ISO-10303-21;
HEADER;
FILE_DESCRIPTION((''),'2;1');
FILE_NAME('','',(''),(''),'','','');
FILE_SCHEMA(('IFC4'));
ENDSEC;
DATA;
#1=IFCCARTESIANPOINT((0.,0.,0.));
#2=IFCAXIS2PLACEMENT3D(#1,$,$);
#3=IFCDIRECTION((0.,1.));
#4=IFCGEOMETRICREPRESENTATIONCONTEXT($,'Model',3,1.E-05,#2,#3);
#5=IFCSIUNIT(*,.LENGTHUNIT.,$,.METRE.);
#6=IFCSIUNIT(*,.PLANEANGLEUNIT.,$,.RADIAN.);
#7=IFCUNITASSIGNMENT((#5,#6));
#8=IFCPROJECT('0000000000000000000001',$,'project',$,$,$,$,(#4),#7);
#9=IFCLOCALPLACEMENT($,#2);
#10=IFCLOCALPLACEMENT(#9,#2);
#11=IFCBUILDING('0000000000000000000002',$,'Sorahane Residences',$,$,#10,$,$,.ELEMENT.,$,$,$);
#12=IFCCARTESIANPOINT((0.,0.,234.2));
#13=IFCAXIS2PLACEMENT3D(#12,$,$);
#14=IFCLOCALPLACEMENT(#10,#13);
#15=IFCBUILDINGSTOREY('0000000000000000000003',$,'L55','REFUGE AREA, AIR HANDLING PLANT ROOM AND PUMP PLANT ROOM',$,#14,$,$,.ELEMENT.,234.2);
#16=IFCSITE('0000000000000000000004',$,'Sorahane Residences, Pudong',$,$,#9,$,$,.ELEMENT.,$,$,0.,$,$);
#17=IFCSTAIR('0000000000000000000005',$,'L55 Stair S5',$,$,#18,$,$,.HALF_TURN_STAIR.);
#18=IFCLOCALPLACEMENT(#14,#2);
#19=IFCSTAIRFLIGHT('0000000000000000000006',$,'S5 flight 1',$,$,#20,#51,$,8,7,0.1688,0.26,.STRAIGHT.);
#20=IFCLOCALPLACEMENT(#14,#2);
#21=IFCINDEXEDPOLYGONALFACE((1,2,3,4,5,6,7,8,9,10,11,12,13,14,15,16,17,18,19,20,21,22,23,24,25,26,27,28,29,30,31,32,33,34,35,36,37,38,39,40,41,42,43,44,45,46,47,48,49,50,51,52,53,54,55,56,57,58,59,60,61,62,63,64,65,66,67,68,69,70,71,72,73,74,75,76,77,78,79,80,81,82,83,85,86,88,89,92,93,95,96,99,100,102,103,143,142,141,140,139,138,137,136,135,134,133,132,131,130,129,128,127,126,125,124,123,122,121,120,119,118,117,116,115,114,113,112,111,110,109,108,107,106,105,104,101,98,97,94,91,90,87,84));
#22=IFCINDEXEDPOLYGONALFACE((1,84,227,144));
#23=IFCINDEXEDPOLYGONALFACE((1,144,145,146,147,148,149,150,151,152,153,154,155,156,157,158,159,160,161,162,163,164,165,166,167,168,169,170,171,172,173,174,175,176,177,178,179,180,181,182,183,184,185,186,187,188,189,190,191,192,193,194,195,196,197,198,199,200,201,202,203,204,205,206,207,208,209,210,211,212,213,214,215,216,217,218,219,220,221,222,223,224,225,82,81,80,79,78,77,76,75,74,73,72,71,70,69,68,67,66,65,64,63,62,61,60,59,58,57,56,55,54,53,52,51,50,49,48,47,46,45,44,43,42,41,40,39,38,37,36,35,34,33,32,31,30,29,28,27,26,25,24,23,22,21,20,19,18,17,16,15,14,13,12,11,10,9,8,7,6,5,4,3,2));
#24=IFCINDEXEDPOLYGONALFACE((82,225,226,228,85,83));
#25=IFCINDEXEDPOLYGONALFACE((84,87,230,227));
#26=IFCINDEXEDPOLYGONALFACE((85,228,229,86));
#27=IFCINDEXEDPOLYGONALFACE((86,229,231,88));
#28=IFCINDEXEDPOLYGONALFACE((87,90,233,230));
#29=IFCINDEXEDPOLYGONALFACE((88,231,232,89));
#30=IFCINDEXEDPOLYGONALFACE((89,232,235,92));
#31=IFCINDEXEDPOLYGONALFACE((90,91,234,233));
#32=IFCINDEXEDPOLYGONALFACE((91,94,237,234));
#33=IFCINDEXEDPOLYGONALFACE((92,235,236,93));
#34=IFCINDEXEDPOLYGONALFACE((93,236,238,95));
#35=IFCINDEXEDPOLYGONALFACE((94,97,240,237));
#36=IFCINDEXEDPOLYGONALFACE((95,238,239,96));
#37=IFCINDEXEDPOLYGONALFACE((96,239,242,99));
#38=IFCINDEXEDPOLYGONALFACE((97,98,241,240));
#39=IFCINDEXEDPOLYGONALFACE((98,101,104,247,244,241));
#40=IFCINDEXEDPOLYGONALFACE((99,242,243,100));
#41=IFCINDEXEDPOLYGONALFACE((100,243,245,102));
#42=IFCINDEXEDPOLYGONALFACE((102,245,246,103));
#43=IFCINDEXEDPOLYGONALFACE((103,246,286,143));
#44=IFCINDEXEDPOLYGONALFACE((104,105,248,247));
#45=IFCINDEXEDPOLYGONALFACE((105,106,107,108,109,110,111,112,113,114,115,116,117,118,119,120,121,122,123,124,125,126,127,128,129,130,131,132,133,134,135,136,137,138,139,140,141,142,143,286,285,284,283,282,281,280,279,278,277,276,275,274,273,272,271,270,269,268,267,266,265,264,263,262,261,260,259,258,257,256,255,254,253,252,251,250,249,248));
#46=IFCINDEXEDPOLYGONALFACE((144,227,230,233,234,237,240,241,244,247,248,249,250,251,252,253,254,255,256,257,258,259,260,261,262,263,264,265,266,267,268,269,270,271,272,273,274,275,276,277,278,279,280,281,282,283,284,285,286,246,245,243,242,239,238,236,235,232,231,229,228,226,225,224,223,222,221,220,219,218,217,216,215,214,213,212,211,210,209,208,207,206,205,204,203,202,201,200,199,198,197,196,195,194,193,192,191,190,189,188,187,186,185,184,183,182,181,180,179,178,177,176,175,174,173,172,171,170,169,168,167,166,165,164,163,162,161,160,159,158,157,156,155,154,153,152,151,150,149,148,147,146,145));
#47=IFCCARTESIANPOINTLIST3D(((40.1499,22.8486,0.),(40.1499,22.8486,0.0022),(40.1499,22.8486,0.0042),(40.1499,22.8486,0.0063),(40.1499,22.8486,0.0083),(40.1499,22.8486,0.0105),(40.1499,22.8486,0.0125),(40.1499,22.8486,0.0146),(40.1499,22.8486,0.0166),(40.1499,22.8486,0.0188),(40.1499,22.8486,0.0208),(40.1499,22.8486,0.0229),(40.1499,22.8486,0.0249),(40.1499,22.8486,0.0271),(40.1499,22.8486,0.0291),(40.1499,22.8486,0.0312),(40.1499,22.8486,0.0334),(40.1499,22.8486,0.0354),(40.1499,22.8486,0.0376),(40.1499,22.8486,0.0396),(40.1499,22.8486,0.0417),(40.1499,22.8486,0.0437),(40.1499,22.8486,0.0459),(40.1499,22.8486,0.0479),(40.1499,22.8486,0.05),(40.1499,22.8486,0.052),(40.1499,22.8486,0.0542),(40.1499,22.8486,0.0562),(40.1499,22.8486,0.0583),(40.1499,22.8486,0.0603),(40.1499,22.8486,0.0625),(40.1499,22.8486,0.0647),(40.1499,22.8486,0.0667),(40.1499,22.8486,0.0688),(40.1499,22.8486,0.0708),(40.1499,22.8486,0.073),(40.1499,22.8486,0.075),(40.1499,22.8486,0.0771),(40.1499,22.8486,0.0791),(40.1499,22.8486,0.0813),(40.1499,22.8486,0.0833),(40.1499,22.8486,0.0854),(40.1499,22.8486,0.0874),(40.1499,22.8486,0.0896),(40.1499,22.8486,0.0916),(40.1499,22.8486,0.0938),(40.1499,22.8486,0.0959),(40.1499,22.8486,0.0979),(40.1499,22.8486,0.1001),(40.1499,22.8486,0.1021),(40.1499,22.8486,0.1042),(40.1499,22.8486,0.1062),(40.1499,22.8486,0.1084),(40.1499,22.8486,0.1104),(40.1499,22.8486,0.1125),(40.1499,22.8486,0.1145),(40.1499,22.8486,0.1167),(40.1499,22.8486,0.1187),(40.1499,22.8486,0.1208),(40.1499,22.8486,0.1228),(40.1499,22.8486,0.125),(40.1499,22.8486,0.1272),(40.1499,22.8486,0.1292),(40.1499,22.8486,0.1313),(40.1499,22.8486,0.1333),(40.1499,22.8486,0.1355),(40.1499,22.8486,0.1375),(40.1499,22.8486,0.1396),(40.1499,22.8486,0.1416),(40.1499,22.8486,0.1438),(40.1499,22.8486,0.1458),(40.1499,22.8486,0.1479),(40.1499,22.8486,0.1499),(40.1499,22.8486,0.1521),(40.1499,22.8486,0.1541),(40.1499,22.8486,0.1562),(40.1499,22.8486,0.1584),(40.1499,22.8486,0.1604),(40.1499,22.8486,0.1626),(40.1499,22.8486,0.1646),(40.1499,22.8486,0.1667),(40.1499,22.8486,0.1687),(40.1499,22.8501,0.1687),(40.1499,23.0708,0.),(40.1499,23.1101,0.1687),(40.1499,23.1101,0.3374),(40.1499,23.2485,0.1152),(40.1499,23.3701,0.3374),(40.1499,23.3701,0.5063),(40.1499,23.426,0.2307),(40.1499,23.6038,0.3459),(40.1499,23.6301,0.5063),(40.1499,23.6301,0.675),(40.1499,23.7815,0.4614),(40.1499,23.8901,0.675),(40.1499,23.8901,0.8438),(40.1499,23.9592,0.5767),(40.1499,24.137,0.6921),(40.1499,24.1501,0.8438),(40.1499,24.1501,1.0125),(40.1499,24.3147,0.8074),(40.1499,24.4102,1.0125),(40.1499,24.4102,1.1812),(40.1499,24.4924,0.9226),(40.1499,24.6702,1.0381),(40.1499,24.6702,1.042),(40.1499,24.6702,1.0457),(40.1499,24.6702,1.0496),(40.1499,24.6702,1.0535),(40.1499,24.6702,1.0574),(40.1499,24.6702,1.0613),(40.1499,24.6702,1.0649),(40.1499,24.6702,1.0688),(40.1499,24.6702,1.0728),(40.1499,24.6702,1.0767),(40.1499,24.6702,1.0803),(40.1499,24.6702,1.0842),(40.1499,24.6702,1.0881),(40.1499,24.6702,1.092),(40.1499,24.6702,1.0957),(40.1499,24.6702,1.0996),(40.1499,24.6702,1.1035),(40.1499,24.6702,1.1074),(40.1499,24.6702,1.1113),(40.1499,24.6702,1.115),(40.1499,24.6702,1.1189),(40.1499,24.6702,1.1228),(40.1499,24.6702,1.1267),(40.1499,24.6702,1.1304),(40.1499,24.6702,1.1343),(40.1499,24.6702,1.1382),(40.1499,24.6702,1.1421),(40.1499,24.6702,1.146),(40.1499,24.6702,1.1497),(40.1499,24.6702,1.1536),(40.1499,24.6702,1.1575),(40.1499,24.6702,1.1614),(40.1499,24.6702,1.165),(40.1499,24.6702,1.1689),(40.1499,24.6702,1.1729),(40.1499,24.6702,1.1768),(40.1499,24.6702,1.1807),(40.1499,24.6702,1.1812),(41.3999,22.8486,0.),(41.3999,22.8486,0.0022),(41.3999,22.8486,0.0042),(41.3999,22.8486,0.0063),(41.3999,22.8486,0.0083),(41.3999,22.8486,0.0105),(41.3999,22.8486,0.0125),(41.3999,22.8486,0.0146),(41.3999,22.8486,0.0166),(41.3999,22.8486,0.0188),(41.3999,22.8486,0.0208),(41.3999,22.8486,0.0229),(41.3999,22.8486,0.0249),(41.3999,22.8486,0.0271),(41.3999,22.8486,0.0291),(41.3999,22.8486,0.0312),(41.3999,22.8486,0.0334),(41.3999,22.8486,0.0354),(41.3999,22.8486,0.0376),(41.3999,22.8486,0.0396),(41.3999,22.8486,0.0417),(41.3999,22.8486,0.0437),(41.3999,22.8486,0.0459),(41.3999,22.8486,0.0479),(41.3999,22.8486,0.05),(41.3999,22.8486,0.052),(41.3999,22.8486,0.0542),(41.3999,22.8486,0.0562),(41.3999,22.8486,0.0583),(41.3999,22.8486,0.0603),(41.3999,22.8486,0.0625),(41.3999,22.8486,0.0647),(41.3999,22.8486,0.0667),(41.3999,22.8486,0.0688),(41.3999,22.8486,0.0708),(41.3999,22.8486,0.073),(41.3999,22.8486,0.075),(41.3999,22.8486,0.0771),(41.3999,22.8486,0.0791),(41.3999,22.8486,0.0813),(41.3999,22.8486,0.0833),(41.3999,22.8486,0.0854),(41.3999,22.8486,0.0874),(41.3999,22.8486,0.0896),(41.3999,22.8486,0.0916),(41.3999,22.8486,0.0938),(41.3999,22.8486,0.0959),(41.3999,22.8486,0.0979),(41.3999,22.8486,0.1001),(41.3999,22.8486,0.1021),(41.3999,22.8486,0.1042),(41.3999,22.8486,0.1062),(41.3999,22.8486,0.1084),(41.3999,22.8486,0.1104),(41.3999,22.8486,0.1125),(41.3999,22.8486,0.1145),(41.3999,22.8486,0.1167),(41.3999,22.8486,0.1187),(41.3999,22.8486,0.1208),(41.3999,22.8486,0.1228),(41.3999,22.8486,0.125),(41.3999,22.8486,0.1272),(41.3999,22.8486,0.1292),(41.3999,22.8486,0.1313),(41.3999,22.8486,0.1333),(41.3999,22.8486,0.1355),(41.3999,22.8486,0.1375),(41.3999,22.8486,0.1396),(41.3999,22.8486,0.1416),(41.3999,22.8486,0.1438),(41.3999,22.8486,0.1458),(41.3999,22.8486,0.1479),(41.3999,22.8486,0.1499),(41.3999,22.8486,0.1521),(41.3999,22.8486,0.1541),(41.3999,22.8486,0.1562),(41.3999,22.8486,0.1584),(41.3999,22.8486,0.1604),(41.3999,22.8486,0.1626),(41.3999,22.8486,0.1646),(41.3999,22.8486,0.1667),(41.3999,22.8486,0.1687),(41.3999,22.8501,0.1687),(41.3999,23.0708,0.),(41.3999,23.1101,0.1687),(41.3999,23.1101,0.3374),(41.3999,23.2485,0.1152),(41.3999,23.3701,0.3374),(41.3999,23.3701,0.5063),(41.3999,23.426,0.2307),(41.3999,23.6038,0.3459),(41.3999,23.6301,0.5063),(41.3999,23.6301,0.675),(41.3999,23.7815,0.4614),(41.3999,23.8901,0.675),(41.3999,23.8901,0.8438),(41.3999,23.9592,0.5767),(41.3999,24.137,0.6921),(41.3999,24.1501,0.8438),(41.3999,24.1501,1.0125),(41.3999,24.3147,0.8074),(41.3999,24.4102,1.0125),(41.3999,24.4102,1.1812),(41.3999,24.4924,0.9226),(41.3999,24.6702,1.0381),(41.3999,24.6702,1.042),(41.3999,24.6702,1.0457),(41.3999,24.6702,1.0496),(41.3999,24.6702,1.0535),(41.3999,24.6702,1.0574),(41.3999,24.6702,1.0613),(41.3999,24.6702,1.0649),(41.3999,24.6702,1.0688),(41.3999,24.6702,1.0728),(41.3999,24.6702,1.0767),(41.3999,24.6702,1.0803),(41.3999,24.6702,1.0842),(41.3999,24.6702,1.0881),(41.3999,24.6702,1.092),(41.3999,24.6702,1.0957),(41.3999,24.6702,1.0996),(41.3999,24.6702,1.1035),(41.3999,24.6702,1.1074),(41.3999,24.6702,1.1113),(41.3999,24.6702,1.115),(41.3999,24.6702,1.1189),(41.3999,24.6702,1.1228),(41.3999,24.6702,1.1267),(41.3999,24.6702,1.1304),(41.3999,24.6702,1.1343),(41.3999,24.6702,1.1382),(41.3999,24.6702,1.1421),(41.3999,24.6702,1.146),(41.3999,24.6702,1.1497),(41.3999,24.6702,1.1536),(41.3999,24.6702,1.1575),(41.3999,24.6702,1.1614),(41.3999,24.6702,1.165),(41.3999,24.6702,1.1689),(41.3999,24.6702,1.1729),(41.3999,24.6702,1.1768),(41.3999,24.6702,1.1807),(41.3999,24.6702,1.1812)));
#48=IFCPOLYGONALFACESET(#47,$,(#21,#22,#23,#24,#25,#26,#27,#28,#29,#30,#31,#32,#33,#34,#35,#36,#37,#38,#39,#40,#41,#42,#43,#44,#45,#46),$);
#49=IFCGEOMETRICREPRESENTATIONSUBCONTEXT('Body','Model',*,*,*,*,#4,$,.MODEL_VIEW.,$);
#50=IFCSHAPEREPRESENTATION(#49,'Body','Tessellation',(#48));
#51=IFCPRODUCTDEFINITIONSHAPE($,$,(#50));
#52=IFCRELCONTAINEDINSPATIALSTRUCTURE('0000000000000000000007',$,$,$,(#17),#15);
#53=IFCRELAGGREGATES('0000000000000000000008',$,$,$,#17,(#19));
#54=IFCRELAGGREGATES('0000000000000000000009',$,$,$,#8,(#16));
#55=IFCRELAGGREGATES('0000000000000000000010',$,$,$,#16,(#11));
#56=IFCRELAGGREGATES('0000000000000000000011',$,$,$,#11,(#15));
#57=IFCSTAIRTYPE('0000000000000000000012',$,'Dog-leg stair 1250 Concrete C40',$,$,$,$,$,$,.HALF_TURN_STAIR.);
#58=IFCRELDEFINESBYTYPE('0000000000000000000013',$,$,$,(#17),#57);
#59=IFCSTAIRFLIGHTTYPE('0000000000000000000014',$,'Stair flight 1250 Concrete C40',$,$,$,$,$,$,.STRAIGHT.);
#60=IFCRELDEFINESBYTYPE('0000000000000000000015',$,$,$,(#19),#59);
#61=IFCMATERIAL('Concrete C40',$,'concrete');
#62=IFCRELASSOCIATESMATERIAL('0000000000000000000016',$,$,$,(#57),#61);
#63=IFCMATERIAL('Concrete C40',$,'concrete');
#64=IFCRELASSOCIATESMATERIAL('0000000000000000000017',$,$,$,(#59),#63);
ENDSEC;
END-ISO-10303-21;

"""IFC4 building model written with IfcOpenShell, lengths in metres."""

from ifc_helpers import new_model, si_unit, direction, frame, origin, place, context, subcontext, project, spatial, polyline, outline, extrude, material, type_object, element, aggregate, save


model = new_model("IFC4")

# Units and contexts
model_context = context("Model", 3, precision=1e-05, world=origin(), true_north=direction((0.0, 1.0)))
body_context = subcontext(model_context, "Body", "Model", "MODEL_VIEW")
ifc_project = project(units=[si_unit("LENGTHUNIT", "METRE"), si_unit("PLANEANGLEUNIT", "RADIAN")], contexts=[model_context])

# Site, building, storey
site_placement = place(None, origin())
site = spatial("IfcSite", under=ifc_project, at=site_placement, Name="Sorahane Residences, Pudong", CompositionType="ELEMENT", RefElevation=0.0)
building_placement = place(site_placement, origin())
building = spatial("IfcBuilding", under=site, at=building_placement, Name="Sorahane Residences", CompositionType="ELEMENT")
storey_placement = place(building_placement, frame((0.0, 0.0, 234.2)))
storey = spatial("IfcBuildingStorey", under=building, at=storey_placement, Name="L55", Description="REFUGE AREA, AIR HANDLING PLANT ROOM AND PUMP PLANT ROOM", CompositionType="ELEMENT", Elevation=234.2)

# Stair, stair flight
ifc_material_1 = material(Name="Concrete C40", Category="concrete")
stair_type = type_object("IfcStairType", Name="Dog-leg stair 1250 Concrete C40", PredefinedType="HALF_TURN_STAIR", material=ifc_material_1)
stair_placement = place(storey_placement, origin())
stair = element("IfcStair", 1, at=stair_placement, inside=storey, type_object=stair_type, Name="L55 Stair S5", PredefinedType="HALF_TURN_STAIR")
ifc_material_2 = material(Name="Concrete C40", Category="concrete")
stair_flight_type = type_object("IfcStairFlightType", Name="Stair flight 1250 Concrete C40", PredefinedType="STRAIGHT", material=ifc_material_2)
stair_flight_1_placement = place(storey_placement, frame((40.7749, 22.8501, 0.0), z_axis=(0.0, 0.0, 1.0), x_axis=(0.0, 1.0, 0.0)))
stair_flight_1 = element("IfcStairFlight", 2, at=stair_flight_1_placement, type_object=stair_flight_type, Name="S5 flight 1", NumberOfRisers=8, NumberOfTreads=7, PredefinedType="STRAIGHT", RiserHeight=0.1688, TreadLength=0.26, context=body_context, shape_type="SweptSolid", body=[
    extrude(outline(polyline([(-0.0015, 0.0), (-0.0015, 0.0022), (-0.0015, 0.0042), (-0.0015, 0.0063), (-0.0015, 0.0083), (-0.0015, 0.0105), (-0.0015, 0.0125), (-0.0015, 0.0146), (-0.0015, 0.0166), (-0.0015, 0.0188), (-0.0015, 0.0208), (-0.0015, 0.0229), (-0.0015, 0.0249), (-0.0015, 0.0271), (-0.0015, 0.0291), (-0.0015, 0.0312), (-0.0015, 0.0334), (-0.0015, 0.0354), (-0.0015, 0.0376), (-0.0015, 0.0396), (-0.0015, 0.0417), (-0.0015, 0.0437), (-0.0015, 0.0459), (-0.0015, 0.0479), (-0.0015, 0.05), (-0.0015, 0.052), (-0.0015, 0.0542), (-0.0015, 0.0562), (-0.0015, 0.0583), (-0.0015, 0.0603), (-0.0015, 0.0625), (-0.0015, 0.0647), (-0.0015, 0.0667), (-0.0015, 0.0688), (-0.0015, 0.0708), (-0.0015, 0.073), (-0.0015, 0.075), (-0.0015, 0.0771), (-0.0015, 0.0791), (-0.0015, 0.0813), (-0.0015, 0.0833), (-0.0015, 0.0854), (-0.0015, 0.0874), (-0.0015, 0.0896), (-0.0015, 0.0916), (-0.0015, 0.0938), (-0.0015, 0.0959), (-0.0015, 0.0979), (-0.0015, 0.1001), (-0.0015, 0.1021), (-0.0015, 0.1042), (-0.0015, 0.1062), (-0.0015, 0.1084), (-0.0015, 0.1104), (-0.0015, 0.1125), (-0.0015, 0.1145), (-0.0015, 0.1167), (-0.0015, 0.1187), (-0.0015, 0.1208), (-0.0015, 0.1228), (-0.0015, 0.125), (-0.0015, 0.1272), (-0.0015, 0.1292), (-0.0015, 0.1313), (-0.0015, 0.1333), (-0.0015, 0.1355), (-0.0015, 0.1375), (-0.0015, 0.1396), (-0.0015, 0.1416), (-0.0015, 0.1438), (-0.0015, 0.1458), (-0.0015, 0.1479), (-0.0015, 0.1499), (-0.0015, 0.1521), (-0.0015, 0.1541), (-0.0015, 0.1562), (-0.0015, 0.1584), (-0.0015, 0.1604), (-0.0015, 0.1626), (-0.0015, 0.1646), (-0.0015, 0.1667), (-0.0015, 0.1687), (0.0, 0.1687), (0.26, 0.1687), (0.26, 0.3374), (0.52, 0.3374), (0.52, 0.5063), (0.78, 0.5063), (0.78, 0.675), (1.04, 0.675), (1.04, 0.8438), (1.3, 0.8438), (1.3, 1.0125), (1.5601, 1.0125), (1.5601, 1.1812), (1.8201, 1.1812), (1.8201, 1.3501), (1.8201, 1.3462), (1.8201, 1.3423), (1.8201, 1.3384), (1.8201, 1.3347), (1.8201, 1.3308), (1.8201, 1.3269), (1.8201, 1.323), (1.8201, 1.3191), (1.8201, 1.3154), (1.8201, 1.3115), (1.8201, 1.3076), (1.8201, 1.3037), (1.8201, 1.3), (1.8201, 1.2961), (1.8201, 1.2922), (1.8201, 1.2883), (1.8201, 1.2844), (1.8201, 1.2808), (1.8201, 1.2769), (1.8201, 1.2729), (1.8201, 1.269), (1.8201, 1.2654), (1.8201, 1.2615), (1.8201, 1.2576), (1.8201, 1.2537), (1.8201, 1.2498), (1.8201, 1.2461), (1.8201, 1.2422), (1.8201, 1.2383), (1.8201, 1.2344), (1.8201, 1.2307), (1.8201, 1.2268), (1.8201, 1.2229), (1.8201, 1.219), (1.8201, 1.2151), (1.8201, 1.2114), (1.8201, 1.2075), (1.8201, 1.2036), (1.8201, 1.1997), (1.8201, 1.196), (1.8201, 1.1921), (1.8201, 1.1882), (1.8201, 1.1843), (1.8201, 1.1807), (1.8201, 1.1768), (1.8201, 1.1729), (1.8201, 1.1689), (1.8201, 1.165), (1.8201, 1.1614), (1.8201, 1.1575), (1.8201, 1.1536), (1.8201, 1.1497), (1.8201, 1.146), (1.8201, 1.1421), (1.8201, 1.1382), (1.8201, 1.1343), (1.8201, 1.1304), (1.8201, 1.1267), (1.8201, 1.1228), (1.8201, 1.1189), (1.8201, 1.115), (1.8201, 1.1113), (1.8201, 1.1074), (1.8201, 1.1035), (1.8201, 1.0996), (1.8201, 1.0957), (1.8201, 1.092), (1.8201, 1.0881), (1.8201, 1.0842), (1.8201, 1.0803), (1.8201, 1.0767), (1.8201, 1.0728), (1.8201, 1.0688), (1.8201, 1.0649), (1.8201, 1.0613), (1.8201, 1.0574), (1.8201, 1.0535), (1.8201, 1.0496), (1.8201, 1.0457), (1.8201, 1.042), (1.8201, 1.0381), (1.6423, 0.9226), (1.4646, 0.8074), (1.2869, 0.6921), (1.1091, 0.5767), (0.9314, 0.4614), (0.7537, 0.3459), (0.5759, 0.2307), (0.3984, 0.1152), (0.2207, 0.0), (-0.0015, 0.0)])), frame((0.0, 0.625, 0.0), z_axis=(0.0, -1.0, 0.0), x_axis=(1.0, 0.0, 0.0)), (0.0, 0.0, 1.0), 1.25),
])
aggregate(stair, [stair_flight_1])

save(model, "model.ifc")
